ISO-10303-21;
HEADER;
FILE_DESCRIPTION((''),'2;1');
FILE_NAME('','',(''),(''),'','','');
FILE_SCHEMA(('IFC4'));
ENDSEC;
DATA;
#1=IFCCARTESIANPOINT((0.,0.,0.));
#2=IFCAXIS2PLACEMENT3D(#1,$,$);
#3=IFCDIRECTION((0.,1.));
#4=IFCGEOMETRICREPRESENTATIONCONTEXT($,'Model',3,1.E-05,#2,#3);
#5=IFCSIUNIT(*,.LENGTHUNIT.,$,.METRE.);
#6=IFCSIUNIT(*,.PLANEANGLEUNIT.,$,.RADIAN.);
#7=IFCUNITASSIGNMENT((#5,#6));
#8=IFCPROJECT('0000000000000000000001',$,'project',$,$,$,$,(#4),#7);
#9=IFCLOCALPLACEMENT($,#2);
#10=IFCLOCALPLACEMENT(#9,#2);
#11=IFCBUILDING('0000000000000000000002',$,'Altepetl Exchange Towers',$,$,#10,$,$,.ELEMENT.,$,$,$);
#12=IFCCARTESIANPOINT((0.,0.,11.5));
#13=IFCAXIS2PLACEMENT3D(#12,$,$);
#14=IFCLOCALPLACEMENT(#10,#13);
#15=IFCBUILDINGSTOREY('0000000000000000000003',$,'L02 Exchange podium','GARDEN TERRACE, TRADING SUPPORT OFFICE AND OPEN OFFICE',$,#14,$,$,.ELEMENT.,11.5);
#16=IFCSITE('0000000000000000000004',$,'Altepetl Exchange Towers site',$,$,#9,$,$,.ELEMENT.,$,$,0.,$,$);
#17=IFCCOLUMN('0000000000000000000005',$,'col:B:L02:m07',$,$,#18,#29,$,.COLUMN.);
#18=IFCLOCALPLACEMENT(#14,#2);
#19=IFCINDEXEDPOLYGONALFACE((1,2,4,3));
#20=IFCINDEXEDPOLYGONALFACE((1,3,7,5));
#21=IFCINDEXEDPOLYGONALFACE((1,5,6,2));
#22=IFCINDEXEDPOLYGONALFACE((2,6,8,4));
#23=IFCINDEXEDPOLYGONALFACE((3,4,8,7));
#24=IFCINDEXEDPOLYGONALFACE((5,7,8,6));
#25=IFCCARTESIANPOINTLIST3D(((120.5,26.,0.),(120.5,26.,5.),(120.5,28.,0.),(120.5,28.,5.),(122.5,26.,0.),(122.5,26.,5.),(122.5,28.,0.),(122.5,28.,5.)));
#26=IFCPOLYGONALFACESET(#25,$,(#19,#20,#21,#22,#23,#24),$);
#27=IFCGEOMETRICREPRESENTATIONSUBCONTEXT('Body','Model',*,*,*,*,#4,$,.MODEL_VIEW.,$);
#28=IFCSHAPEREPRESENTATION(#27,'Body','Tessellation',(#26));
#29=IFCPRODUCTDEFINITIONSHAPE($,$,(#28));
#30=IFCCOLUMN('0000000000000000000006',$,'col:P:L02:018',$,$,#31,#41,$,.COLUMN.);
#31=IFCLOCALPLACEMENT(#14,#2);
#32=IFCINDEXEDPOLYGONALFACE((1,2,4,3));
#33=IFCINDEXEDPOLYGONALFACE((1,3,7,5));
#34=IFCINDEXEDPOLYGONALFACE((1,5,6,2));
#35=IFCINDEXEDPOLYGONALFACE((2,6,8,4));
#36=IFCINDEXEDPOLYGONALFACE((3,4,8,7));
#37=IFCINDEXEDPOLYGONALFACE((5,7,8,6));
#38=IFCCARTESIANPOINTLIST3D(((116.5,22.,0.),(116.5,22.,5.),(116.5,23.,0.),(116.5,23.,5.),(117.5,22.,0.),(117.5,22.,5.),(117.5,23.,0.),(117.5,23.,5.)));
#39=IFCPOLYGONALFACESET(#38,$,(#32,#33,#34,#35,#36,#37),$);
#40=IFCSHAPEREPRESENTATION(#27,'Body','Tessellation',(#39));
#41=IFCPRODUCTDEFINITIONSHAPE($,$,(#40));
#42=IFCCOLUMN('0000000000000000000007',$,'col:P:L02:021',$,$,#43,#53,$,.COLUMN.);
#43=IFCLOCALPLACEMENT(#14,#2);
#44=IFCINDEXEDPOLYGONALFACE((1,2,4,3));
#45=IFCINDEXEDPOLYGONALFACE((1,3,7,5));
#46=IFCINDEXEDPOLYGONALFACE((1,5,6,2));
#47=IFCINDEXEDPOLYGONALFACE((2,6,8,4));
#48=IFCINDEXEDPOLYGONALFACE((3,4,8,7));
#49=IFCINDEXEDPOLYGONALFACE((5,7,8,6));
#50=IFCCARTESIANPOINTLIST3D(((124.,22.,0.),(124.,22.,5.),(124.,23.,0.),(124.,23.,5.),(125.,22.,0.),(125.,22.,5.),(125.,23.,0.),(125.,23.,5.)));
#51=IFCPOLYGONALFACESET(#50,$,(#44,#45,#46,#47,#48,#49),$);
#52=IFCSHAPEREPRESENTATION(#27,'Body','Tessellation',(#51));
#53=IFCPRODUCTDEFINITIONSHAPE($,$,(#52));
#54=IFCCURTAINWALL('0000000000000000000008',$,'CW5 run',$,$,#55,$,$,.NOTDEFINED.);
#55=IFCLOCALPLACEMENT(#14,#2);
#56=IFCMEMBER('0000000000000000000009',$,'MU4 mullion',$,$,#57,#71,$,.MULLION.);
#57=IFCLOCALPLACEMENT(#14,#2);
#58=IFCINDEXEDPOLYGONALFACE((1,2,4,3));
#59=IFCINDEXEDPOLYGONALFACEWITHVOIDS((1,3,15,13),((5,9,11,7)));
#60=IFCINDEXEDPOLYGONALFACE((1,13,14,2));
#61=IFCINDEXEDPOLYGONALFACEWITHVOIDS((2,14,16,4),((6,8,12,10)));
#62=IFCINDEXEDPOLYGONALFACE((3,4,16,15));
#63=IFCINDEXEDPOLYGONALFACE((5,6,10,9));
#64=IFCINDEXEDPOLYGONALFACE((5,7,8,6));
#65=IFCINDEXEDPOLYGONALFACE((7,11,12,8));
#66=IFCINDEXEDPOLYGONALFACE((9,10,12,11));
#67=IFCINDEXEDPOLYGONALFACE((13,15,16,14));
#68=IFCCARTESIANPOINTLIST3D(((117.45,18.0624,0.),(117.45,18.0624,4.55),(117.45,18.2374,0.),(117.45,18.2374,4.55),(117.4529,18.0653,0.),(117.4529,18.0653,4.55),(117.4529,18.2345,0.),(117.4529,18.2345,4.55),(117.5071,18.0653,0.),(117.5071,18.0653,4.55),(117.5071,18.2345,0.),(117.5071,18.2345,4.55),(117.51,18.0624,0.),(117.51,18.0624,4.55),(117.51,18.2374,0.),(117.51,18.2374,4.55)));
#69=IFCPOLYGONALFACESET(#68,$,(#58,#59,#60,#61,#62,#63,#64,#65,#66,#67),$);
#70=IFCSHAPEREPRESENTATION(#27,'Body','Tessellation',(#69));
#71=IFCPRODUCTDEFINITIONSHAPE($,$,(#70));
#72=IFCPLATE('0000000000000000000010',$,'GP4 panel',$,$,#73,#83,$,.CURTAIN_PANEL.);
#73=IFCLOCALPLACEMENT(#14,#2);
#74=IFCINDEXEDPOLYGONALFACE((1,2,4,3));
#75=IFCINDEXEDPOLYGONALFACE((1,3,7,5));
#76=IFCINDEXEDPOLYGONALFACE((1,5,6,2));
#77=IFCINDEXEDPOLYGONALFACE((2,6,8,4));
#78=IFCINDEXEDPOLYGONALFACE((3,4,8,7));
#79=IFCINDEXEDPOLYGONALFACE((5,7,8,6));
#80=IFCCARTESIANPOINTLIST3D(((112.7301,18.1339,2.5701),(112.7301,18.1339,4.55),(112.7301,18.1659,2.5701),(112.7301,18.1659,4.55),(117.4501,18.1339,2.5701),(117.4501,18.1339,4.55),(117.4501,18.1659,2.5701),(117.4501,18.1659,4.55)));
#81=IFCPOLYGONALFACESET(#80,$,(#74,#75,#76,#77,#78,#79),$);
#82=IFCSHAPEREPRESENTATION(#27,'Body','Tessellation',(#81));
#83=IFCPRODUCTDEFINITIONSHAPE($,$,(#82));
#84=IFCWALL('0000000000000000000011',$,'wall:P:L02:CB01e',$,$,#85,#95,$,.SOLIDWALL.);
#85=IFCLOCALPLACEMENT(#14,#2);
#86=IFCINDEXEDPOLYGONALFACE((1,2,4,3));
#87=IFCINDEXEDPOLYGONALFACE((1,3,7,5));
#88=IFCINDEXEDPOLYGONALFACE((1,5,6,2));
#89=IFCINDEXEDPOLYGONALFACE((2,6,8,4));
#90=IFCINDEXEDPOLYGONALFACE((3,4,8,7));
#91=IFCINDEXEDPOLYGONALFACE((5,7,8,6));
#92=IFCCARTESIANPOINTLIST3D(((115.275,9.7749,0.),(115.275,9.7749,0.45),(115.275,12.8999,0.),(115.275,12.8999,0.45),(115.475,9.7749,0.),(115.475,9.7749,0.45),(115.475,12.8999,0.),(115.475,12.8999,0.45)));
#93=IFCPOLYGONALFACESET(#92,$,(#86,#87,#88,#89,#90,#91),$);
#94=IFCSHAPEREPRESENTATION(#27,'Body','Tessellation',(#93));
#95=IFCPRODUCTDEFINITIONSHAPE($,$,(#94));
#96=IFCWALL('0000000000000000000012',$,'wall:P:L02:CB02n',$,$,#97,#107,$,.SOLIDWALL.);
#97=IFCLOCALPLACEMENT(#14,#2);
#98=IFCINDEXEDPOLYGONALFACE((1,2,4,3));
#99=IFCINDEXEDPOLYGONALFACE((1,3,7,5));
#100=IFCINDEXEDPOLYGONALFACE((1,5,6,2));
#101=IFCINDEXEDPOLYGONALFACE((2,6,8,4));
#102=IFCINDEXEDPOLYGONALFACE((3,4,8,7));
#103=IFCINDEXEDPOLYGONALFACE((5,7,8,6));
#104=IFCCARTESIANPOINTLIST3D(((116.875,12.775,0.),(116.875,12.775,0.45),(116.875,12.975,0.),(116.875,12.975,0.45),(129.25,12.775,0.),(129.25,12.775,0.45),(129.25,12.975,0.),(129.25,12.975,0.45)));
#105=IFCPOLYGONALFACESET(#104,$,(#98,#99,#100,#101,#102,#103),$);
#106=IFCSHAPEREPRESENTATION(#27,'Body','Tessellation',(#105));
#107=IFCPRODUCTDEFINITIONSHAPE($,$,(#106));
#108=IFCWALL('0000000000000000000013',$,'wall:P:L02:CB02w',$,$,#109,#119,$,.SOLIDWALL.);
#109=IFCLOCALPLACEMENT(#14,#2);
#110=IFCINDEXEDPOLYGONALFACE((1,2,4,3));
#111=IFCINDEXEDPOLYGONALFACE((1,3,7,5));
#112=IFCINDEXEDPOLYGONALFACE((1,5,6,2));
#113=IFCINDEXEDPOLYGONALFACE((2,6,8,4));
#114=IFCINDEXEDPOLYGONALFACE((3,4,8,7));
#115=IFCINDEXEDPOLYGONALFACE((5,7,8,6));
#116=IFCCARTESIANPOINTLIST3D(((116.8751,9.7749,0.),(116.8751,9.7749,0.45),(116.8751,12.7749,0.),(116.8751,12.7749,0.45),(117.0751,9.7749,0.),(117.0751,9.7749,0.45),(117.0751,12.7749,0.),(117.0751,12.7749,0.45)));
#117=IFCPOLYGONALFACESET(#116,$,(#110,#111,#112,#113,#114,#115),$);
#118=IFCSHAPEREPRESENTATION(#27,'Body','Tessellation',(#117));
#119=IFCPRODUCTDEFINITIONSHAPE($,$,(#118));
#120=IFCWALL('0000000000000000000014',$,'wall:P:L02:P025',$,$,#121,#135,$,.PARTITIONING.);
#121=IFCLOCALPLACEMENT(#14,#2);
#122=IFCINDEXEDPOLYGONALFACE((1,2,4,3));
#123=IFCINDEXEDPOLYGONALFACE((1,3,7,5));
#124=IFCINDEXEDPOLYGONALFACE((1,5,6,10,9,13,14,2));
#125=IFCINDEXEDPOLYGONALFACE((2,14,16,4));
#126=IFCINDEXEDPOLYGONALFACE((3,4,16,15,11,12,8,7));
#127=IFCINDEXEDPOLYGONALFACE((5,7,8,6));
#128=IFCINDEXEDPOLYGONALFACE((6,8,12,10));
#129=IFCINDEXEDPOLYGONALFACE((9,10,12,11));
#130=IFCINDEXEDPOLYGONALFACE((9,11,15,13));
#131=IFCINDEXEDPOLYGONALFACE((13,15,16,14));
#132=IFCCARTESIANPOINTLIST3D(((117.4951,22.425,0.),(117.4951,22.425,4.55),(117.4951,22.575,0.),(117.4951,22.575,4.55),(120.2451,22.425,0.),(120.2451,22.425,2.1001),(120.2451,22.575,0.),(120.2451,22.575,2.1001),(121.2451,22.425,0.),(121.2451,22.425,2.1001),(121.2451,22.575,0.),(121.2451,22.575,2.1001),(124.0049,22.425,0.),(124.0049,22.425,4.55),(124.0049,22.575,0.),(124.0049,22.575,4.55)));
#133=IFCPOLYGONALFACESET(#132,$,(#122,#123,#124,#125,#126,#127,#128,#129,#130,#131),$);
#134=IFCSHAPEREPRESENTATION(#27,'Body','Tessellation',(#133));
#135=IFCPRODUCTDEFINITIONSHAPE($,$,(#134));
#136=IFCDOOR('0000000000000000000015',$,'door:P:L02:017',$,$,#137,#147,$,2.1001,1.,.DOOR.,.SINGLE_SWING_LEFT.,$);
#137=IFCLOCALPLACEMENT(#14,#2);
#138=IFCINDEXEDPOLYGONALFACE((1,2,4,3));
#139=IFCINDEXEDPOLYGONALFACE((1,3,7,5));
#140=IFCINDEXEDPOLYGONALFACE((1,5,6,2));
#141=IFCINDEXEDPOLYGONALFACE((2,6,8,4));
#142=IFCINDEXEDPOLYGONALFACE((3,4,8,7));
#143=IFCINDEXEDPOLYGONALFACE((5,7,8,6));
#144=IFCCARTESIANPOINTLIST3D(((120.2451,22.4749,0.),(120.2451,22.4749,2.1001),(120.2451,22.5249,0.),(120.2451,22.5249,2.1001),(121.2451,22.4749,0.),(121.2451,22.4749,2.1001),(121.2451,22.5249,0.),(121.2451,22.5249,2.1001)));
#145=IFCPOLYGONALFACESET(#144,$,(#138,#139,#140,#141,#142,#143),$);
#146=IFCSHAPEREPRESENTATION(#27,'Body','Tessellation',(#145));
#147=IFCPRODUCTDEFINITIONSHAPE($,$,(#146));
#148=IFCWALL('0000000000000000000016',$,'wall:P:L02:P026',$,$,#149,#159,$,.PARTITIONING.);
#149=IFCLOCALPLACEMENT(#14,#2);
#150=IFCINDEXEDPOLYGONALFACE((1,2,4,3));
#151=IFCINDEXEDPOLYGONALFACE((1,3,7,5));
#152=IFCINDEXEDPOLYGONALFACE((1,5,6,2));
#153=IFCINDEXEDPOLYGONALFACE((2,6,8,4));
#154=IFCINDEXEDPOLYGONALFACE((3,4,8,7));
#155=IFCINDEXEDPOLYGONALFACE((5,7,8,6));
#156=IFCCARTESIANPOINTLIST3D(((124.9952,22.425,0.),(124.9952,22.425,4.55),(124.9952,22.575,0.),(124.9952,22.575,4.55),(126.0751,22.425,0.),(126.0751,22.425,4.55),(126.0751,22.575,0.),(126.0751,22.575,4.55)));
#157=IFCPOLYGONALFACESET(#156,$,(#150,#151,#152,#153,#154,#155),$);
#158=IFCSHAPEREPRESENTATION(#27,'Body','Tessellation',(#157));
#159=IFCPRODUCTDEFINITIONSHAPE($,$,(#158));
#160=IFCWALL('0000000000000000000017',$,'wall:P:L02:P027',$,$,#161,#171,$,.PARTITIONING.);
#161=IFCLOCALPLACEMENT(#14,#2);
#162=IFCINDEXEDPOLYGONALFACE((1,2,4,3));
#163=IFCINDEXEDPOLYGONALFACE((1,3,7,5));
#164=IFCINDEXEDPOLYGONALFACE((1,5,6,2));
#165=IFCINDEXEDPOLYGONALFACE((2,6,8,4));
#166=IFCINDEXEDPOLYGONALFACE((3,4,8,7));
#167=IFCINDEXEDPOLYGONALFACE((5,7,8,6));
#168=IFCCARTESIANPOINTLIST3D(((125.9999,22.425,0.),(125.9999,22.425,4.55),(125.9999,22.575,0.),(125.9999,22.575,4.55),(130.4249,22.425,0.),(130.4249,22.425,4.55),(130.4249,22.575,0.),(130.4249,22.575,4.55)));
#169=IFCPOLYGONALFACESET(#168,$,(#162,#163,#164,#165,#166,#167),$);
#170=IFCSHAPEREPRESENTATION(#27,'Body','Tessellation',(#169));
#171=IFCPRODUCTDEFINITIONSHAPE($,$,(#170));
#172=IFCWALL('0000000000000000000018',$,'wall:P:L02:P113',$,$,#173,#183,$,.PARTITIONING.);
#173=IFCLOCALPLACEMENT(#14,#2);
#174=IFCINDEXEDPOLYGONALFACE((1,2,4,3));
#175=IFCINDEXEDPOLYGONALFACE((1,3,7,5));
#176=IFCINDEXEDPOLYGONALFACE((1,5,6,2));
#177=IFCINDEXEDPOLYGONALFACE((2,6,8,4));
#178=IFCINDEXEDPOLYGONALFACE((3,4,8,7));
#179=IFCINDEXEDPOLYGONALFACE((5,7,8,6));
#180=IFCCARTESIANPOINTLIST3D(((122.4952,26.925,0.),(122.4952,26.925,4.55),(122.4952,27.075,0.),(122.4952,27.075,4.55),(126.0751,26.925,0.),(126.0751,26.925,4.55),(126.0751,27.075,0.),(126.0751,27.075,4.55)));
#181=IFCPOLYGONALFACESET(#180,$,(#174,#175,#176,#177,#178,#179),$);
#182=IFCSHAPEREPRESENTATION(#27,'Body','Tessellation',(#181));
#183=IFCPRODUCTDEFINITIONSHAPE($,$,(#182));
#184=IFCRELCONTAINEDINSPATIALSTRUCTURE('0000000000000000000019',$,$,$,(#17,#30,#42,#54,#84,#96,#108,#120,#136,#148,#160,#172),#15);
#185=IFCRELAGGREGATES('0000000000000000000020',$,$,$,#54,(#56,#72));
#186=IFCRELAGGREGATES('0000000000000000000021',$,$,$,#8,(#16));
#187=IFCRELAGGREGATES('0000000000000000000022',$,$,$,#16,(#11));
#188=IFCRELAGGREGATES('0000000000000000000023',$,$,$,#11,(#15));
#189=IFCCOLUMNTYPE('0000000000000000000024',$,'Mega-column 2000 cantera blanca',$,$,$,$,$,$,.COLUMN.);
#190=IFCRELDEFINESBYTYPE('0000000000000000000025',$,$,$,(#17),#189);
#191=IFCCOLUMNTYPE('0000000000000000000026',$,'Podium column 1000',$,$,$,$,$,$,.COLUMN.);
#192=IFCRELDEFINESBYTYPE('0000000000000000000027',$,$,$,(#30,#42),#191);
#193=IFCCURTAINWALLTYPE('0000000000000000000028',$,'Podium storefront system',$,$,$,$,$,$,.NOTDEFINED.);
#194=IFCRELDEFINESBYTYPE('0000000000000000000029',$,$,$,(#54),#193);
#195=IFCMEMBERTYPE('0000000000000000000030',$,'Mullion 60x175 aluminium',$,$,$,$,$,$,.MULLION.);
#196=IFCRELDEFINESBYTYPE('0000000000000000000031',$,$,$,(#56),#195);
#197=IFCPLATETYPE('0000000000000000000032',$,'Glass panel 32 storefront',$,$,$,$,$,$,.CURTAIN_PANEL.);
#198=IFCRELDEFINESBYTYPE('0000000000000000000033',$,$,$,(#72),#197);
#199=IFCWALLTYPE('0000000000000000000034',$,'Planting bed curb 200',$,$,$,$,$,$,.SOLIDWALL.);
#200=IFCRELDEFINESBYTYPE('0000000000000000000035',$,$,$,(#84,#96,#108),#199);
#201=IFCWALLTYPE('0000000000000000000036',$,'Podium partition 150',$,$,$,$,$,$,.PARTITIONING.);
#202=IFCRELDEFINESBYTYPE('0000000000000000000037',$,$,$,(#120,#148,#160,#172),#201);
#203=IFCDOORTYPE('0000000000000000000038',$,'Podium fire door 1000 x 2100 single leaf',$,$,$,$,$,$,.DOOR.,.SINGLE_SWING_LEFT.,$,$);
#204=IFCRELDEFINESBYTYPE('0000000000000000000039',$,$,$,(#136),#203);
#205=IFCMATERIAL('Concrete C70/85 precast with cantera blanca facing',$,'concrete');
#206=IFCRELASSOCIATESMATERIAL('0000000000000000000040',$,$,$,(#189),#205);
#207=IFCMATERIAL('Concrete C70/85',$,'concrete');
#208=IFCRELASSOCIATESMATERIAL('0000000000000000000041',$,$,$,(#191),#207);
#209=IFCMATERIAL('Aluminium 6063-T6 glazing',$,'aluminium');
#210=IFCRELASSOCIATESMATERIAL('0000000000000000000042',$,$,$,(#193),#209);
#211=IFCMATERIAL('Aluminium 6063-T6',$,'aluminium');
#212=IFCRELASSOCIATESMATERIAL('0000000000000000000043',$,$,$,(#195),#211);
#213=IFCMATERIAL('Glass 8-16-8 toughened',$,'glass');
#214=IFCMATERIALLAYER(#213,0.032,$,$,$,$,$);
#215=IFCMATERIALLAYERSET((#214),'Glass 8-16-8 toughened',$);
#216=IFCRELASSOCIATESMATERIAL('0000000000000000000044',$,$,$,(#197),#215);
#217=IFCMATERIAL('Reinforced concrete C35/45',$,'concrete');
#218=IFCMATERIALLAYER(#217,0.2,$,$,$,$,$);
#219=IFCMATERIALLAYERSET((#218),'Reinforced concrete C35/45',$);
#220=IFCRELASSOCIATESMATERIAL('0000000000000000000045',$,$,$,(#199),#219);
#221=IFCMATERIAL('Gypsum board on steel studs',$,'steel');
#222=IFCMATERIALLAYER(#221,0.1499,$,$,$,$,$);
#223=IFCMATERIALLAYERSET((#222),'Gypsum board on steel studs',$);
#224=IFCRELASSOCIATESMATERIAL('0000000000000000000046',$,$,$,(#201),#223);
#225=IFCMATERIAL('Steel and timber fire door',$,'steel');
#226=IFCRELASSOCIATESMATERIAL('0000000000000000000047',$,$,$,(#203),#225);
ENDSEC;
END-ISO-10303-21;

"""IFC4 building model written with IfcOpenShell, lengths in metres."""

from ifc_helpers import new_model, si_unit, direction, frame, frame_2d, origin, origin_2d, place, context, subcontext, project, spatial, rectangle, hollow_rectangle, extrude, material, layer, layer_set, material_profile, profile_set, type_object, element, fill, aggregate, save


model = new_model("IFC4")

# Units and contexts
model_context = context("Model", 3, precision=1e-05, world=origin(), true_north=direction((0.0, 1.0)))
body_context = subcontext(model_context, "Body", "Model", "MODEL_VIEW")
ifc_project = project(units=[si_unit("LENGTHUNIT", "METRE"), si_unit("PLANEANGLEUNIT", "RADIAN")], contexts=[model_context])

# Site, building, storey
site_placement = place(None, origin())
site = spatial("IfcSite", under=ifc_project, at=site_placement, Name="Altepetl Exchange Towers site", CompositionType="ELEMENT", RefElevation=0.0)
building_placement = place(site_placement, origin())
building = spatial("IfcBuilding", under=site, at=building_placement, Name="Altepetl Exchange Towers", CompositionType="ELEMENT")
storey_placement = place(building_placement, frame((0.0, 0.0, 11.5)))
storey = spatial("IfcBuildingStorey", under=building, at=storey_placement, Name="L02 Exchange podium", Description="GARDEN TERRACE, TRADING SUPPORT OFFICE AND OPEN OFFICE", CompositionType="ELEMENT", Elevation=11.5)

# Columns
ifc_material_1 = material(Name="Concrete C70/85 precast with cantera blanca facing", Category="concrete")
ifc_material_profile_1 = material_profile(ifc_material_1, rectangle(XDim=2.0, YDim=2.0, at=origin_2d()), Name="2000 x 2000")
ifc_profile_set_1 = profile_set([ifc_material_profile_1], Name="Concrete C70/85 precast with cantera blanca facing")
column_type_1 = type_object("IfcColumnType", Name="Mega-column 2000 cantera blanca", PredefinedType="COLUMN", material=ifc_profile_set_1)
column_placement = place(storey_placement, frame((121.5, 27.0, 0.0)))
element("IfcColumn", 1, at=column_placement, inside=storey, type_object=column_type_1, Name="col:B:L02:m07", PredefinedType="COLUMN", context=body_context, shape_type="SweptSolid", body=[
    extrude(rectangle(XDim=2.0, YDim=2.0, at=origin_2d()), origin(), (0.0, 0.0, 1.0), 5.0),
])
ifc_material_2 = material(Name="Concrete C70/85", Category="concrete")
ifc_material_profile_2 = material_profile(ifc_material_2, rectangle(XDim=1.0, YDim=1.0, at=origin_2d()), Name="1000 x 1000")
ifc_profile_set_2 = profile_set([ifc_material_profile_2], Name="Concrete C70/85")
column_type_2 = type_object("IfcColumnType", Name="Podium column 1000", PredefinedType="COLUMN", material=ifc_profile_set_2)
for number, where, name in (
    (2, (117.0, 22.5, 0.0), "col:P:L02:018"),
    (3, (124.5, 22.5, 0.0), "col:P:L02:021"),
):
    element("IfcColumn", number, at=place(storey_placement, frame(where)), inside=storey, type_object=column_type_2, Name=name, PredefinedType="COLUMN", context=body_context, shape_type="SweptSolid", body=[
        extrude(rectangle(XDim=1.0, YDim=1.0, at=origin_2d()), origin(), (0.0, 0.0, 1.0), 5.0),
    ])

# Curtain wall, member, plate
ifc_material_3 = material(Name="Aluminium 6063-T6 glazing", Category="aluminium")
curtain_wall_type = type_object("IfcCurtainWallType", Name="Podium storefront system", PredefinedType="NOTDEFINED", material=ifc_material_3)
curtain_wall_placement = place(storey_placement, origin())
curtain_wall = element("IfcCurtainWall", 4, at=curtain_wall_placement, inside=storey, type_object=curtain_wall_type, Name="CW5 run", PredefinedType="NOTDEFINED")
ifc_material_4 = material(Name="Aluminium 6063-T6", Category="aluminium")
ifc_material_profile_3 = material_profile(ifc_material_4, hollow_rectangle(XDim=0.0601, YDim=0.175, WallThickness=0.0029, at=origin_2d()), Name="Mullion 60x175 aluminium")
ifc_profile_set_3 = profile_set([ifc_material_profile_3], Name="Aluminium 6063-T6")
member_type = type_object("IfcMemberType", Name="Mullion 60x175 aluminium", PredefinedType="MULLION", material=ifc_profile_set_3)
member_placement = place(storey_placement, frame((117.48, 18.1499, 0.0)))
member = element("IfcMember", 5, at=member_placement, type_object=member_type, Name="MU4 mullion", PredefinedType="MULLION", context=body_context, shape_type="SweptSolid", body=[
    extrude(hollow_rectangle(XDim=0.0601, YDim=0.175, WallThickness=0.0029, at=origin_2d()), origin(), (0.0, 0.0, 1.0), 4.55),
])
ifc_material_5 = material(Name="Glass 8-16-8 toughened", Category="glass")
ifc_layer_1 = layer(ifc_material_5, 0.032)
ifc_layer_set_1 = layer_set([ifc_layer_1], Name="Glass 8-16-8 toughened")
plate_type = type_object("IfcPlateType", Name="Glass panel 32 storefront", PredefinedType="CURTAIN_PANEL", material=ifc_layer_set_1)
plate_placement = place(storey_placement, frame((115.0901, 18.1499, 2.5701)))
plate = element("IfcPlate", 6, at=plate_placement, type_object=plate_type, Name="GP4 panel", PredefinedType="CURTAIN_PANEL", context=body_context, shape_type="SweptSolid", body=[
    extrude(rectangle(XDim=4.72, YDim=0.032, at=origin_2d()), origin(), (0.0, 0.0, 1.0), 1.98),
])
aggregate(curtain_wall, [member, plate])

# Walls
ifc_material_6 = material(Name="Reinforced concrete C35/45", Category="concrete")
ifc_layer_2 = layer(ifc_material_6, 0.2)
ifc_layer_set_2 = layer_set([ifc_layer_2], Name="Reinforced concrete C35/45")
wall_type_1 = type_object("IfcWallType", Name="Planting bed curb 200", PredefinedType="SOLIDWALL", material=ifc_layer_set_2)
wall_1_placement = place(storey_placement, frame((115.375, 9.7749, 0.0), z_axis=(0.0, 0.0, 1.0), x_axis=(0.0, 1.0, 0.0)))
element("IfcWall", 7, at=wall_1_placement, inside=storey, type_object=wall_type_1, Name="wall:P:L02:CB01e", PredefinedType="SOLIDWALL", context=body_context, shape_type="SweptSolid", body=[
    extrude(rectangle(XDim=3.125, YDim=0.2, at=frame_2d((1.5625, 0.0))), origin(), (0.0, 0.0, 1.0), 0.45),
])
wall_2_placement = place(storey_placement, frame((116.875, 12.875, 0.0)))
element("IfcWall", 8, at=wall_2_placement, inside=storey, type_object=wall_type_1, Name="wall:P:L02:CB02n", PredefinedType="SOLIDWALL", context=body_context, shape_type="SweptSolid", body=[
    extrude(rectangle(XDim=12.375, YDim=0.2, at=frame_2d((6.1875, 0.0))), origin(), (0.0, 0.0, 1.0), 0.45),
])
wall_3_placement = place(storey_placement, frame((116.9751, 9.7749, 0.0), z_axis=(0.0, 0.0, 1.0), x_axis=(0.0, 1.0, 0.0)))
element("IfcWall", 9, at=wall_3_placement, inside=storey, type_object=wall_type_1, Name="wall:P:L02:CB02w", PredefinedType="SOLIDWALL", context=body_context, shape_type="SweptSolid", body=[
    extrude(rectangle(XDim=3.0, YDim=0.2, at=frame_2d((1.5, 0.0))), origin(), (0.0, 0.0, 1.0), 0.45),
])

# Wall, opening, door
ifc_material_7 = material(Name="Gypsum board on steel studs", Category="steel")
ifc_layer_3 = layer(ifc_material_7, 0.1499)
ifc_layer_set_3 = layer_set([ifc_layer_3], Name="Gypsum board on steel studs")
wall_type_2 = type_object("IfcWallType", Name="Podium partition 150", PredefinedType="PARTITIONING", material=ifc_layer_set_3)
wall_4_placement = place(storey_placement, frame((117.4951, 22.5, 0.0)))
wall_4 = element("IfcWall", 10, at=wall_4_placement, inside=storey, type_object=wall_type_2, Name="wall:P:L02:P025", PredefinedType="PARTITIONING", context=body_context, shape_type="SweptSolid", body=[
    extrude(rectangle(XDim=6.5098, YDim=0.1499, at=frame_2d((3.2549, 0.0))), origin(), (0.0, 0.0, 1.0), 4.55),
])
opening_1_placement = place(wall_4_placement, frame((2.75, 0.0, 0.0)))
opening_1 = element("IfcOpeningElement", 11, at=opening_1_placement, cuts=wall_4, PredefinedType="OPENING", context=body_context, shape_type="SweptSolid", body=[
    extrude(rectangle(XDim=1.0, YDim=2.1001, at=frame_2d((0.5, 1.05))), frame((0.0, 0.085, 0.0), z_axis=(0.0, -1.0, 0.0), x_axis=(1.0, 0.0, 0.0)), (0.0, 0.0, 1.0), 0.1699),
])
ifc_material_8 = material(Name="Steel and timber fire door", Category="steel")
door_type_1 = type_object("IfcDoorType", Name="Podium fire door 1000 x 2100 single leaf", OperationType="SINGLE_SWING_LEFT", PredefinedType="DOOR", material=ifc_material_8)
door_1_placement = place(opening_1_placement, origin())
door_1 = element("IfcDoor", 12, at=door_1_placement, inside=storey, type_object=door_type_1, Name="door:P:L02:017", OperationType="SINGLE_SWING_LEFT", OverallHeight=2.1001, OverallWidth=1.0, PredefinedType="DOOR", context=body_context, shape_type="SweptSolid", body=[
    extrude(rectangle(XDim=1.0, YDim=2.1001, at=frame_2d((0.5, 1.05))), frame((0.0, 0.0249, 0.0), z_axis=(0.0, -1.0, 0.0), x_axis=(1.0, 0.0, 0.0)), (0.0, 0.0, 1.0), 0.05),
])
fill(opening_1, door_1)

# Walls
wall_5_placement = place(storey_placement, frame((124.9951, 22.5, 0.0)))
element("IfcWall", 13, at=wall_5_placement, inside=storey, type_object=wall_type_2, Name="wall:P:L02:P026", PredefinedType="PARTITIONING", context=body_context, shape_type="SweptSolid", body=[
    extrude(rectangle(XDim=1.0798, YDim=0.1499, at=frame_2d((0.54, 0.0))), origin(), (0.0, 0.0, 1.0), 4.55),
])
wall_6_placement = place(storey_placement, frame((126.0, 22.5, 0.0)))
element("IfcWall", 14, at=wall_6_placement, inside=storey, type_object=wall_type_2, Name="wall:P:L02:P027", PredefinedType="PARTITIONING", context=body_context, shape_type="SweptSolid", body=[
    extrude(rectangle(XDim=4.425, YDim=0.1499, at=frame_2d((2.2124, 0.0))), origin(), (0.0, 0.0, 1.0), 4.55),
])
wall_7_placement = place(storey_placement, frame((122.4951, 27.0, 0.0)))
element("IfcWall", 15, at=wall_7_placement, inside=storey, type_object=wall_type_2, Name="wall:P:L02:P113", PredefinedType="PARTITIONING", context=body_context, shape_type="SweptSolid", body=[
    extrude(rectangle(XDim=3.5798, YDim=0.1499, at=frame_2d((1.79, 0.0))), origin(), (0.0, 0.0, 1.0), 4.55),
])

save(model, "model.ifc")
